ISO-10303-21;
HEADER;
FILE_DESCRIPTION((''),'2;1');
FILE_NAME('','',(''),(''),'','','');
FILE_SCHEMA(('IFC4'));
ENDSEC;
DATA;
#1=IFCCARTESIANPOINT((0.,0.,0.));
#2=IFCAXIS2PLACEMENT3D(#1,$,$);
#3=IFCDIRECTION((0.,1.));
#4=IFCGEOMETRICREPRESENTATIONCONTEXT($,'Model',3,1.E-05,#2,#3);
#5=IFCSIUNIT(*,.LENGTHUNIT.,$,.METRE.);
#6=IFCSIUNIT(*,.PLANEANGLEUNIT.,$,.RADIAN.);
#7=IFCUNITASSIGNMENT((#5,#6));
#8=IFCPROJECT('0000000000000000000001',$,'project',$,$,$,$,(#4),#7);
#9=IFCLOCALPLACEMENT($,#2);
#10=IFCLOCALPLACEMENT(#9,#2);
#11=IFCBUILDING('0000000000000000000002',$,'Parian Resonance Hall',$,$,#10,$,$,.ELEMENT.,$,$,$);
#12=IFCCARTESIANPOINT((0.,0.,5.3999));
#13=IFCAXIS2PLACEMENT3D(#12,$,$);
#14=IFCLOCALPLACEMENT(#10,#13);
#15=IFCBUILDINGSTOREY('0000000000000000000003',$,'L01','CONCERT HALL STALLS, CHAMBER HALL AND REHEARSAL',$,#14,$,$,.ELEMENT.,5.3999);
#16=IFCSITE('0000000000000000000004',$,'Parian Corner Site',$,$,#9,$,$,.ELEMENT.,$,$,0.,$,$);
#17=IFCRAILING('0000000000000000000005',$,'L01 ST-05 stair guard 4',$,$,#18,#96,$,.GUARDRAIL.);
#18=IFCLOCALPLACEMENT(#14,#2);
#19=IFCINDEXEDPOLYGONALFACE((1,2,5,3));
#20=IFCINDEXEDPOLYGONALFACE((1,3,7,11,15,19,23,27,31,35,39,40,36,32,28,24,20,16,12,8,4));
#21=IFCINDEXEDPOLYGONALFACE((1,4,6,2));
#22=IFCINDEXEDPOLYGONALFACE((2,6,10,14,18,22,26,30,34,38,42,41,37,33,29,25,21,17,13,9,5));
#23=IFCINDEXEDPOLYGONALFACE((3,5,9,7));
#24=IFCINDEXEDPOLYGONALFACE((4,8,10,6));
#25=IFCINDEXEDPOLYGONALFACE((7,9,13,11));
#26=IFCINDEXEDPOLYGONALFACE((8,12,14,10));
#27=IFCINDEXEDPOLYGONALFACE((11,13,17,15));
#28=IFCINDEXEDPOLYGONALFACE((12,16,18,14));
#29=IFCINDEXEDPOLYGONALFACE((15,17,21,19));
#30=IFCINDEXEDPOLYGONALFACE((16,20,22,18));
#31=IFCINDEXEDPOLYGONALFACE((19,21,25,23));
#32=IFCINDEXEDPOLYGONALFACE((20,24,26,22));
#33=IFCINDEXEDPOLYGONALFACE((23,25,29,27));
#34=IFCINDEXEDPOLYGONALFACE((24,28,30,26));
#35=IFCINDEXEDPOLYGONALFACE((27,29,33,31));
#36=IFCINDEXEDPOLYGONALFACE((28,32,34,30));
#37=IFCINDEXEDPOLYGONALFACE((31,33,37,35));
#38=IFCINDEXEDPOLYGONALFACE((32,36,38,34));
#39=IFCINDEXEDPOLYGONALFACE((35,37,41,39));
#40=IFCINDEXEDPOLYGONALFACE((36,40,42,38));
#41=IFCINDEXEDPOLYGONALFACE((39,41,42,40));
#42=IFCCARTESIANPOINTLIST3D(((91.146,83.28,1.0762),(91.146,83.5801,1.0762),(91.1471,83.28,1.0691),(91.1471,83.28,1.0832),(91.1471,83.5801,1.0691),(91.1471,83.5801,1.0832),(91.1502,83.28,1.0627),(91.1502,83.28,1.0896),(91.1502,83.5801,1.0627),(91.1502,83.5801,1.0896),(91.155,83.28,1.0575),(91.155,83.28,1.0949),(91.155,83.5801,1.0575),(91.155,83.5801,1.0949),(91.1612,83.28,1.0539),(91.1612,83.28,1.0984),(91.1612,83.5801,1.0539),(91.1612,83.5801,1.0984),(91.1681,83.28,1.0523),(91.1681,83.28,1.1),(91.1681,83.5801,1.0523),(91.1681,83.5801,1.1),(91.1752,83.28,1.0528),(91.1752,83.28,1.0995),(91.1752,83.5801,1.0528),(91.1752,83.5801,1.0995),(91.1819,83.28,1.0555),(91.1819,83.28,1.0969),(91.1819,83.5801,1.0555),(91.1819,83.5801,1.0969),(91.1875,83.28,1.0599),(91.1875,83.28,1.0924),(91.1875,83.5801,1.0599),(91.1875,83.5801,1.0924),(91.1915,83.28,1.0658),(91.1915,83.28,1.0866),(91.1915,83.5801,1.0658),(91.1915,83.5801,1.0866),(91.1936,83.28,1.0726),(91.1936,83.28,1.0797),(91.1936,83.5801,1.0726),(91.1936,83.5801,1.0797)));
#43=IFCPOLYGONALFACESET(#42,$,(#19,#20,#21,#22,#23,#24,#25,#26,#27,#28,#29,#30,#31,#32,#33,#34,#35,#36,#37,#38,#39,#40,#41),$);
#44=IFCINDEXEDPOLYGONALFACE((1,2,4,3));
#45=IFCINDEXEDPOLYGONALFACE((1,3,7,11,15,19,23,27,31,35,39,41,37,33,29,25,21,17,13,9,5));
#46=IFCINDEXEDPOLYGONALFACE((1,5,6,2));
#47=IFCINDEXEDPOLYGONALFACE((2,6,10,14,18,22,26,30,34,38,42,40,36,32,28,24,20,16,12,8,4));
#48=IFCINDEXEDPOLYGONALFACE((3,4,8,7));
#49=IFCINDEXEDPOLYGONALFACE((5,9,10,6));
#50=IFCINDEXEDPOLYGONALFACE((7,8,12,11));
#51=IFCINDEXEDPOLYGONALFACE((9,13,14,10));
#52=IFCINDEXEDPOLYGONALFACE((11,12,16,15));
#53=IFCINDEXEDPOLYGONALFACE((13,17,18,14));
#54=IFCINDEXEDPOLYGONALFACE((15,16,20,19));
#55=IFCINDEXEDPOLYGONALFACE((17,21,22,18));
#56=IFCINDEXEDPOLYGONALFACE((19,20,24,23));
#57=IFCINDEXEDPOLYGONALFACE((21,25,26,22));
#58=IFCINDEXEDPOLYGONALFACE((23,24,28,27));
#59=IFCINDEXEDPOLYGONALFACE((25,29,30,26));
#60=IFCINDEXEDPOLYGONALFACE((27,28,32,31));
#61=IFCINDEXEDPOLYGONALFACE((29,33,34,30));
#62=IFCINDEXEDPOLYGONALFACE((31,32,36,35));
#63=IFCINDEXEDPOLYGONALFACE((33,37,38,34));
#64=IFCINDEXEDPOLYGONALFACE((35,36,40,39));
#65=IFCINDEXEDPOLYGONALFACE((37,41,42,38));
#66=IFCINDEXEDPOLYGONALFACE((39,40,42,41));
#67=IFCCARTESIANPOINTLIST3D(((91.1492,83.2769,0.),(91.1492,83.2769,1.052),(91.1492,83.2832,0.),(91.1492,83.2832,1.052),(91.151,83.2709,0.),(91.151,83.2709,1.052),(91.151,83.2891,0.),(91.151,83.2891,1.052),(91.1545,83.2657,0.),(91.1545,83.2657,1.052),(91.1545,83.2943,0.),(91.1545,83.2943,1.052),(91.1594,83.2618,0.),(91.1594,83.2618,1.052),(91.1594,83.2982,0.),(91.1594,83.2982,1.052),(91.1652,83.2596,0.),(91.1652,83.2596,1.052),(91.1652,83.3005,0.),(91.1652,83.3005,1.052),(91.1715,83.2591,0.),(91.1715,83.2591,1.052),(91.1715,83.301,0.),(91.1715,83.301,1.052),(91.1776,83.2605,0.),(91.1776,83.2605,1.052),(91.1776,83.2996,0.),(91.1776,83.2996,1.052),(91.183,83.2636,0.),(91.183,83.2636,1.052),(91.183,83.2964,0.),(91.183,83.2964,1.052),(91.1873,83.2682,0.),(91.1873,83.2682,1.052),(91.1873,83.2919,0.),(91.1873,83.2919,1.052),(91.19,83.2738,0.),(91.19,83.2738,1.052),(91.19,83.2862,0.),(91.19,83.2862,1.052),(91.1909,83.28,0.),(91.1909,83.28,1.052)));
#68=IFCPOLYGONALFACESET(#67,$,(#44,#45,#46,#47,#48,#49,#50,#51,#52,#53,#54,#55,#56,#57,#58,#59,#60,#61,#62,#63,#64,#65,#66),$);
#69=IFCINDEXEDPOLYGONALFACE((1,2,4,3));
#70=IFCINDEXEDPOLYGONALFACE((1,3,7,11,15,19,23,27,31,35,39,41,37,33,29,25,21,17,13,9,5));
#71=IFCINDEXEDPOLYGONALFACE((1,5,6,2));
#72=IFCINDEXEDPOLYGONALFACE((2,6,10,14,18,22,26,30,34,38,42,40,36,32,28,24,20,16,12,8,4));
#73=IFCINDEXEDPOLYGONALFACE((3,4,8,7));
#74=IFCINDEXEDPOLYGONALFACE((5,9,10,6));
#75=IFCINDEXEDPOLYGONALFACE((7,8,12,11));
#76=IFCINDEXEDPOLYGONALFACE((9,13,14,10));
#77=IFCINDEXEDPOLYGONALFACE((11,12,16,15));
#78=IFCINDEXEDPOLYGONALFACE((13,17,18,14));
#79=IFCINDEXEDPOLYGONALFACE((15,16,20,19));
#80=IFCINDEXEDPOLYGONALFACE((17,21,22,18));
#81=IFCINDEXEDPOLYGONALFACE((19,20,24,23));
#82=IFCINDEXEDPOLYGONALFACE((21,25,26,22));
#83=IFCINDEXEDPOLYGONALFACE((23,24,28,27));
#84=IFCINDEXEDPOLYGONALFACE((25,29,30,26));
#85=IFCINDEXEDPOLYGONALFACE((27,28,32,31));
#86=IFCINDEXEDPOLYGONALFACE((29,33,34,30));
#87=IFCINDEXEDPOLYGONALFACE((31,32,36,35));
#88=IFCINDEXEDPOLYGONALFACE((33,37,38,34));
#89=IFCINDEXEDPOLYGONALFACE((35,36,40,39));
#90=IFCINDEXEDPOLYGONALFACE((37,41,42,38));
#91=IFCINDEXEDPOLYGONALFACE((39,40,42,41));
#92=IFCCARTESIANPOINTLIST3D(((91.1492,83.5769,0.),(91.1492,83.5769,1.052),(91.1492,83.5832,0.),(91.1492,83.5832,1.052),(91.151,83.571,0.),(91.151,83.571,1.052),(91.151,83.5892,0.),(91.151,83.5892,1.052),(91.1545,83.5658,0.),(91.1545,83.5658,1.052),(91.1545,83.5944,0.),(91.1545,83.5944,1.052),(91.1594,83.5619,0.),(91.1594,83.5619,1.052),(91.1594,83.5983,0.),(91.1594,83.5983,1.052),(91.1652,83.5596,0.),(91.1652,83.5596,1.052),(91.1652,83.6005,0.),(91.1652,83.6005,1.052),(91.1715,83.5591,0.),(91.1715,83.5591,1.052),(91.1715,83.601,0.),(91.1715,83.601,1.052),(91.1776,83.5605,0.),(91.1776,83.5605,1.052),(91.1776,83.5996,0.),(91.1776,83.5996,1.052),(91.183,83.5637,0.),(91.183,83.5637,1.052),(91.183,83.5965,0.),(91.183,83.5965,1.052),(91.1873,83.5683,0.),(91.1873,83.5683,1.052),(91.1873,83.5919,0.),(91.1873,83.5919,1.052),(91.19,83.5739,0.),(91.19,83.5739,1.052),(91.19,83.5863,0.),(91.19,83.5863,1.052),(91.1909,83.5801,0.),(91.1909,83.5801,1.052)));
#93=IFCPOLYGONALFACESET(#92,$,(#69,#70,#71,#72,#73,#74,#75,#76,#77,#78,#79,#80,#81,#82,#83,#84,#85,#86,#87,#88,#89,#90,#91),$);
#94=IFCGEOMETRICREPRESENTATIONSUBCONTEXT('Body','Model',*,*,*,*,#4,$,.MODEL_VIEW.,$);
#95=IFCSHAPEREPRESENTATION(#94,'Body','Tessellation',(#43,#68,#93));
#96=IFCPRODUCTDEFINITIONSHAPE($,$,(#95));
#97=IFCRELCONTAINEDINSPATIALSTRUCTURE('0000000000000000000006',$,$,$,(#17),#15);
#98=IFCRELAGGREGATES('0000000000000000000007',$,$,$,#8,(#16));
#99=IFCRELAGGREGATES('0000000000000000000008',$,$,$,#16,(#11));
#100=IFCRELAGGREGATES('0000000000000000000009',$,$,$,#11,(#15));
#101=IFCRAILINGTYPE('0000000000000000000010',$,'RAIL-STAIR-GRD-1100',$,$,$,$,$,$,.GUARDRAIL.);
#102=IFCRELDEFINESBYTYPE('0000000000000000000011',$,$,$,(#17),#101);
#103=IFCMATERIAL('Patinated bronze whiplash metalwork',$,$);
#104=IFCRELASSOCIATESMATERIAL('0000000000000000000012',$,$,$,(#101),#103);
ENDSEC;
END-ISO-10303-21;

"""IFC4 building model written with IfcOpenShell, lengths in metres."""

from ifc_helpers import new_model, si_unit, direction, frame, origin, origin_2d, place, context, subcontext, project, spatial, circle, extrude, material, type_object, element, save


model = new_model("IFC4")

# Units and contexts
model_context = context("Model", 3, precision=1e-05, world=origin(), true_north=direction((0.0, 1.0)))
body_context = subcontext(model_context, "Body", "Model", "MODEL_VIEW")
ifc_project = project(units=[si_unit("LENGTHUNIT", "METRE"), si_unit("PLANEANGLEUNIT", "RADIAN")], contexts=[model_context])

# Site, building, storey
site_placement = place(None, origin())
site = spatial("IfcSite", under=ifc_project, at=site_placement, Name="Parian Corner Site", CompositionType="ELEMENT", RefElevation=0.0)
building_placement = place(site_placement, origin())
building = spatial("IfcBuilding", under=site, at=building_placement, Name="Parian Resonance Hall", CompositionType="ELEMENT")
storey_placement = place(building_placement, frame((0.0, 0.0, 5.3999)))
storey = spatial("IfcBuildingStorey", under=building, at=storey_placement, Name="L01", Description="CONCERT HALL STALLS, CHAMBER HALL AND REHEARSAL", CompositionType="ELEMENT", Elevation=5.3999)

# Railing
ifc_material_1 = material(Name="Patinated bronze whiplash metalwork")
railing_type_1 = type_object("IfcRailingType", Name="RAIL-STAIR-GRD-1100", PredefinedType="GUARDRAIL", material=ifc_material_1)
railing_1_placement = place(storey_placement, frame((91.1699, 83.28, 0.0)))
element("IfcRailing", 1, at=railing_1_placement, inside=storey, type_object=railing_type_1, Name="L01 ST-05 stair guard 4", PredefinedType="GUARDRAIL", context=body_context, shape_type="SweptSolid", body=[
    extrude(circle(Radius=0.0239, at=origin_2d()), frame((0.0, 0.0, 1.0762), z_axis=(0.0, 1.0, 0.0), x_axis=(-1.0, 0.0, 0.0)), (0.0, 0.0, 1.0), 0.3),
    extrude(circle(Radius=0.021, at=origin_2d()), origin(), (0.0, 0.0, 1.0), 1.052),
    extrude(circle(Radius=0.021, at=origin_2d()), frame((0.0, 0.3, 0.0)), (0.0, 0.0, 1.0), 1.052),
])

save(model, "model.ifc")
